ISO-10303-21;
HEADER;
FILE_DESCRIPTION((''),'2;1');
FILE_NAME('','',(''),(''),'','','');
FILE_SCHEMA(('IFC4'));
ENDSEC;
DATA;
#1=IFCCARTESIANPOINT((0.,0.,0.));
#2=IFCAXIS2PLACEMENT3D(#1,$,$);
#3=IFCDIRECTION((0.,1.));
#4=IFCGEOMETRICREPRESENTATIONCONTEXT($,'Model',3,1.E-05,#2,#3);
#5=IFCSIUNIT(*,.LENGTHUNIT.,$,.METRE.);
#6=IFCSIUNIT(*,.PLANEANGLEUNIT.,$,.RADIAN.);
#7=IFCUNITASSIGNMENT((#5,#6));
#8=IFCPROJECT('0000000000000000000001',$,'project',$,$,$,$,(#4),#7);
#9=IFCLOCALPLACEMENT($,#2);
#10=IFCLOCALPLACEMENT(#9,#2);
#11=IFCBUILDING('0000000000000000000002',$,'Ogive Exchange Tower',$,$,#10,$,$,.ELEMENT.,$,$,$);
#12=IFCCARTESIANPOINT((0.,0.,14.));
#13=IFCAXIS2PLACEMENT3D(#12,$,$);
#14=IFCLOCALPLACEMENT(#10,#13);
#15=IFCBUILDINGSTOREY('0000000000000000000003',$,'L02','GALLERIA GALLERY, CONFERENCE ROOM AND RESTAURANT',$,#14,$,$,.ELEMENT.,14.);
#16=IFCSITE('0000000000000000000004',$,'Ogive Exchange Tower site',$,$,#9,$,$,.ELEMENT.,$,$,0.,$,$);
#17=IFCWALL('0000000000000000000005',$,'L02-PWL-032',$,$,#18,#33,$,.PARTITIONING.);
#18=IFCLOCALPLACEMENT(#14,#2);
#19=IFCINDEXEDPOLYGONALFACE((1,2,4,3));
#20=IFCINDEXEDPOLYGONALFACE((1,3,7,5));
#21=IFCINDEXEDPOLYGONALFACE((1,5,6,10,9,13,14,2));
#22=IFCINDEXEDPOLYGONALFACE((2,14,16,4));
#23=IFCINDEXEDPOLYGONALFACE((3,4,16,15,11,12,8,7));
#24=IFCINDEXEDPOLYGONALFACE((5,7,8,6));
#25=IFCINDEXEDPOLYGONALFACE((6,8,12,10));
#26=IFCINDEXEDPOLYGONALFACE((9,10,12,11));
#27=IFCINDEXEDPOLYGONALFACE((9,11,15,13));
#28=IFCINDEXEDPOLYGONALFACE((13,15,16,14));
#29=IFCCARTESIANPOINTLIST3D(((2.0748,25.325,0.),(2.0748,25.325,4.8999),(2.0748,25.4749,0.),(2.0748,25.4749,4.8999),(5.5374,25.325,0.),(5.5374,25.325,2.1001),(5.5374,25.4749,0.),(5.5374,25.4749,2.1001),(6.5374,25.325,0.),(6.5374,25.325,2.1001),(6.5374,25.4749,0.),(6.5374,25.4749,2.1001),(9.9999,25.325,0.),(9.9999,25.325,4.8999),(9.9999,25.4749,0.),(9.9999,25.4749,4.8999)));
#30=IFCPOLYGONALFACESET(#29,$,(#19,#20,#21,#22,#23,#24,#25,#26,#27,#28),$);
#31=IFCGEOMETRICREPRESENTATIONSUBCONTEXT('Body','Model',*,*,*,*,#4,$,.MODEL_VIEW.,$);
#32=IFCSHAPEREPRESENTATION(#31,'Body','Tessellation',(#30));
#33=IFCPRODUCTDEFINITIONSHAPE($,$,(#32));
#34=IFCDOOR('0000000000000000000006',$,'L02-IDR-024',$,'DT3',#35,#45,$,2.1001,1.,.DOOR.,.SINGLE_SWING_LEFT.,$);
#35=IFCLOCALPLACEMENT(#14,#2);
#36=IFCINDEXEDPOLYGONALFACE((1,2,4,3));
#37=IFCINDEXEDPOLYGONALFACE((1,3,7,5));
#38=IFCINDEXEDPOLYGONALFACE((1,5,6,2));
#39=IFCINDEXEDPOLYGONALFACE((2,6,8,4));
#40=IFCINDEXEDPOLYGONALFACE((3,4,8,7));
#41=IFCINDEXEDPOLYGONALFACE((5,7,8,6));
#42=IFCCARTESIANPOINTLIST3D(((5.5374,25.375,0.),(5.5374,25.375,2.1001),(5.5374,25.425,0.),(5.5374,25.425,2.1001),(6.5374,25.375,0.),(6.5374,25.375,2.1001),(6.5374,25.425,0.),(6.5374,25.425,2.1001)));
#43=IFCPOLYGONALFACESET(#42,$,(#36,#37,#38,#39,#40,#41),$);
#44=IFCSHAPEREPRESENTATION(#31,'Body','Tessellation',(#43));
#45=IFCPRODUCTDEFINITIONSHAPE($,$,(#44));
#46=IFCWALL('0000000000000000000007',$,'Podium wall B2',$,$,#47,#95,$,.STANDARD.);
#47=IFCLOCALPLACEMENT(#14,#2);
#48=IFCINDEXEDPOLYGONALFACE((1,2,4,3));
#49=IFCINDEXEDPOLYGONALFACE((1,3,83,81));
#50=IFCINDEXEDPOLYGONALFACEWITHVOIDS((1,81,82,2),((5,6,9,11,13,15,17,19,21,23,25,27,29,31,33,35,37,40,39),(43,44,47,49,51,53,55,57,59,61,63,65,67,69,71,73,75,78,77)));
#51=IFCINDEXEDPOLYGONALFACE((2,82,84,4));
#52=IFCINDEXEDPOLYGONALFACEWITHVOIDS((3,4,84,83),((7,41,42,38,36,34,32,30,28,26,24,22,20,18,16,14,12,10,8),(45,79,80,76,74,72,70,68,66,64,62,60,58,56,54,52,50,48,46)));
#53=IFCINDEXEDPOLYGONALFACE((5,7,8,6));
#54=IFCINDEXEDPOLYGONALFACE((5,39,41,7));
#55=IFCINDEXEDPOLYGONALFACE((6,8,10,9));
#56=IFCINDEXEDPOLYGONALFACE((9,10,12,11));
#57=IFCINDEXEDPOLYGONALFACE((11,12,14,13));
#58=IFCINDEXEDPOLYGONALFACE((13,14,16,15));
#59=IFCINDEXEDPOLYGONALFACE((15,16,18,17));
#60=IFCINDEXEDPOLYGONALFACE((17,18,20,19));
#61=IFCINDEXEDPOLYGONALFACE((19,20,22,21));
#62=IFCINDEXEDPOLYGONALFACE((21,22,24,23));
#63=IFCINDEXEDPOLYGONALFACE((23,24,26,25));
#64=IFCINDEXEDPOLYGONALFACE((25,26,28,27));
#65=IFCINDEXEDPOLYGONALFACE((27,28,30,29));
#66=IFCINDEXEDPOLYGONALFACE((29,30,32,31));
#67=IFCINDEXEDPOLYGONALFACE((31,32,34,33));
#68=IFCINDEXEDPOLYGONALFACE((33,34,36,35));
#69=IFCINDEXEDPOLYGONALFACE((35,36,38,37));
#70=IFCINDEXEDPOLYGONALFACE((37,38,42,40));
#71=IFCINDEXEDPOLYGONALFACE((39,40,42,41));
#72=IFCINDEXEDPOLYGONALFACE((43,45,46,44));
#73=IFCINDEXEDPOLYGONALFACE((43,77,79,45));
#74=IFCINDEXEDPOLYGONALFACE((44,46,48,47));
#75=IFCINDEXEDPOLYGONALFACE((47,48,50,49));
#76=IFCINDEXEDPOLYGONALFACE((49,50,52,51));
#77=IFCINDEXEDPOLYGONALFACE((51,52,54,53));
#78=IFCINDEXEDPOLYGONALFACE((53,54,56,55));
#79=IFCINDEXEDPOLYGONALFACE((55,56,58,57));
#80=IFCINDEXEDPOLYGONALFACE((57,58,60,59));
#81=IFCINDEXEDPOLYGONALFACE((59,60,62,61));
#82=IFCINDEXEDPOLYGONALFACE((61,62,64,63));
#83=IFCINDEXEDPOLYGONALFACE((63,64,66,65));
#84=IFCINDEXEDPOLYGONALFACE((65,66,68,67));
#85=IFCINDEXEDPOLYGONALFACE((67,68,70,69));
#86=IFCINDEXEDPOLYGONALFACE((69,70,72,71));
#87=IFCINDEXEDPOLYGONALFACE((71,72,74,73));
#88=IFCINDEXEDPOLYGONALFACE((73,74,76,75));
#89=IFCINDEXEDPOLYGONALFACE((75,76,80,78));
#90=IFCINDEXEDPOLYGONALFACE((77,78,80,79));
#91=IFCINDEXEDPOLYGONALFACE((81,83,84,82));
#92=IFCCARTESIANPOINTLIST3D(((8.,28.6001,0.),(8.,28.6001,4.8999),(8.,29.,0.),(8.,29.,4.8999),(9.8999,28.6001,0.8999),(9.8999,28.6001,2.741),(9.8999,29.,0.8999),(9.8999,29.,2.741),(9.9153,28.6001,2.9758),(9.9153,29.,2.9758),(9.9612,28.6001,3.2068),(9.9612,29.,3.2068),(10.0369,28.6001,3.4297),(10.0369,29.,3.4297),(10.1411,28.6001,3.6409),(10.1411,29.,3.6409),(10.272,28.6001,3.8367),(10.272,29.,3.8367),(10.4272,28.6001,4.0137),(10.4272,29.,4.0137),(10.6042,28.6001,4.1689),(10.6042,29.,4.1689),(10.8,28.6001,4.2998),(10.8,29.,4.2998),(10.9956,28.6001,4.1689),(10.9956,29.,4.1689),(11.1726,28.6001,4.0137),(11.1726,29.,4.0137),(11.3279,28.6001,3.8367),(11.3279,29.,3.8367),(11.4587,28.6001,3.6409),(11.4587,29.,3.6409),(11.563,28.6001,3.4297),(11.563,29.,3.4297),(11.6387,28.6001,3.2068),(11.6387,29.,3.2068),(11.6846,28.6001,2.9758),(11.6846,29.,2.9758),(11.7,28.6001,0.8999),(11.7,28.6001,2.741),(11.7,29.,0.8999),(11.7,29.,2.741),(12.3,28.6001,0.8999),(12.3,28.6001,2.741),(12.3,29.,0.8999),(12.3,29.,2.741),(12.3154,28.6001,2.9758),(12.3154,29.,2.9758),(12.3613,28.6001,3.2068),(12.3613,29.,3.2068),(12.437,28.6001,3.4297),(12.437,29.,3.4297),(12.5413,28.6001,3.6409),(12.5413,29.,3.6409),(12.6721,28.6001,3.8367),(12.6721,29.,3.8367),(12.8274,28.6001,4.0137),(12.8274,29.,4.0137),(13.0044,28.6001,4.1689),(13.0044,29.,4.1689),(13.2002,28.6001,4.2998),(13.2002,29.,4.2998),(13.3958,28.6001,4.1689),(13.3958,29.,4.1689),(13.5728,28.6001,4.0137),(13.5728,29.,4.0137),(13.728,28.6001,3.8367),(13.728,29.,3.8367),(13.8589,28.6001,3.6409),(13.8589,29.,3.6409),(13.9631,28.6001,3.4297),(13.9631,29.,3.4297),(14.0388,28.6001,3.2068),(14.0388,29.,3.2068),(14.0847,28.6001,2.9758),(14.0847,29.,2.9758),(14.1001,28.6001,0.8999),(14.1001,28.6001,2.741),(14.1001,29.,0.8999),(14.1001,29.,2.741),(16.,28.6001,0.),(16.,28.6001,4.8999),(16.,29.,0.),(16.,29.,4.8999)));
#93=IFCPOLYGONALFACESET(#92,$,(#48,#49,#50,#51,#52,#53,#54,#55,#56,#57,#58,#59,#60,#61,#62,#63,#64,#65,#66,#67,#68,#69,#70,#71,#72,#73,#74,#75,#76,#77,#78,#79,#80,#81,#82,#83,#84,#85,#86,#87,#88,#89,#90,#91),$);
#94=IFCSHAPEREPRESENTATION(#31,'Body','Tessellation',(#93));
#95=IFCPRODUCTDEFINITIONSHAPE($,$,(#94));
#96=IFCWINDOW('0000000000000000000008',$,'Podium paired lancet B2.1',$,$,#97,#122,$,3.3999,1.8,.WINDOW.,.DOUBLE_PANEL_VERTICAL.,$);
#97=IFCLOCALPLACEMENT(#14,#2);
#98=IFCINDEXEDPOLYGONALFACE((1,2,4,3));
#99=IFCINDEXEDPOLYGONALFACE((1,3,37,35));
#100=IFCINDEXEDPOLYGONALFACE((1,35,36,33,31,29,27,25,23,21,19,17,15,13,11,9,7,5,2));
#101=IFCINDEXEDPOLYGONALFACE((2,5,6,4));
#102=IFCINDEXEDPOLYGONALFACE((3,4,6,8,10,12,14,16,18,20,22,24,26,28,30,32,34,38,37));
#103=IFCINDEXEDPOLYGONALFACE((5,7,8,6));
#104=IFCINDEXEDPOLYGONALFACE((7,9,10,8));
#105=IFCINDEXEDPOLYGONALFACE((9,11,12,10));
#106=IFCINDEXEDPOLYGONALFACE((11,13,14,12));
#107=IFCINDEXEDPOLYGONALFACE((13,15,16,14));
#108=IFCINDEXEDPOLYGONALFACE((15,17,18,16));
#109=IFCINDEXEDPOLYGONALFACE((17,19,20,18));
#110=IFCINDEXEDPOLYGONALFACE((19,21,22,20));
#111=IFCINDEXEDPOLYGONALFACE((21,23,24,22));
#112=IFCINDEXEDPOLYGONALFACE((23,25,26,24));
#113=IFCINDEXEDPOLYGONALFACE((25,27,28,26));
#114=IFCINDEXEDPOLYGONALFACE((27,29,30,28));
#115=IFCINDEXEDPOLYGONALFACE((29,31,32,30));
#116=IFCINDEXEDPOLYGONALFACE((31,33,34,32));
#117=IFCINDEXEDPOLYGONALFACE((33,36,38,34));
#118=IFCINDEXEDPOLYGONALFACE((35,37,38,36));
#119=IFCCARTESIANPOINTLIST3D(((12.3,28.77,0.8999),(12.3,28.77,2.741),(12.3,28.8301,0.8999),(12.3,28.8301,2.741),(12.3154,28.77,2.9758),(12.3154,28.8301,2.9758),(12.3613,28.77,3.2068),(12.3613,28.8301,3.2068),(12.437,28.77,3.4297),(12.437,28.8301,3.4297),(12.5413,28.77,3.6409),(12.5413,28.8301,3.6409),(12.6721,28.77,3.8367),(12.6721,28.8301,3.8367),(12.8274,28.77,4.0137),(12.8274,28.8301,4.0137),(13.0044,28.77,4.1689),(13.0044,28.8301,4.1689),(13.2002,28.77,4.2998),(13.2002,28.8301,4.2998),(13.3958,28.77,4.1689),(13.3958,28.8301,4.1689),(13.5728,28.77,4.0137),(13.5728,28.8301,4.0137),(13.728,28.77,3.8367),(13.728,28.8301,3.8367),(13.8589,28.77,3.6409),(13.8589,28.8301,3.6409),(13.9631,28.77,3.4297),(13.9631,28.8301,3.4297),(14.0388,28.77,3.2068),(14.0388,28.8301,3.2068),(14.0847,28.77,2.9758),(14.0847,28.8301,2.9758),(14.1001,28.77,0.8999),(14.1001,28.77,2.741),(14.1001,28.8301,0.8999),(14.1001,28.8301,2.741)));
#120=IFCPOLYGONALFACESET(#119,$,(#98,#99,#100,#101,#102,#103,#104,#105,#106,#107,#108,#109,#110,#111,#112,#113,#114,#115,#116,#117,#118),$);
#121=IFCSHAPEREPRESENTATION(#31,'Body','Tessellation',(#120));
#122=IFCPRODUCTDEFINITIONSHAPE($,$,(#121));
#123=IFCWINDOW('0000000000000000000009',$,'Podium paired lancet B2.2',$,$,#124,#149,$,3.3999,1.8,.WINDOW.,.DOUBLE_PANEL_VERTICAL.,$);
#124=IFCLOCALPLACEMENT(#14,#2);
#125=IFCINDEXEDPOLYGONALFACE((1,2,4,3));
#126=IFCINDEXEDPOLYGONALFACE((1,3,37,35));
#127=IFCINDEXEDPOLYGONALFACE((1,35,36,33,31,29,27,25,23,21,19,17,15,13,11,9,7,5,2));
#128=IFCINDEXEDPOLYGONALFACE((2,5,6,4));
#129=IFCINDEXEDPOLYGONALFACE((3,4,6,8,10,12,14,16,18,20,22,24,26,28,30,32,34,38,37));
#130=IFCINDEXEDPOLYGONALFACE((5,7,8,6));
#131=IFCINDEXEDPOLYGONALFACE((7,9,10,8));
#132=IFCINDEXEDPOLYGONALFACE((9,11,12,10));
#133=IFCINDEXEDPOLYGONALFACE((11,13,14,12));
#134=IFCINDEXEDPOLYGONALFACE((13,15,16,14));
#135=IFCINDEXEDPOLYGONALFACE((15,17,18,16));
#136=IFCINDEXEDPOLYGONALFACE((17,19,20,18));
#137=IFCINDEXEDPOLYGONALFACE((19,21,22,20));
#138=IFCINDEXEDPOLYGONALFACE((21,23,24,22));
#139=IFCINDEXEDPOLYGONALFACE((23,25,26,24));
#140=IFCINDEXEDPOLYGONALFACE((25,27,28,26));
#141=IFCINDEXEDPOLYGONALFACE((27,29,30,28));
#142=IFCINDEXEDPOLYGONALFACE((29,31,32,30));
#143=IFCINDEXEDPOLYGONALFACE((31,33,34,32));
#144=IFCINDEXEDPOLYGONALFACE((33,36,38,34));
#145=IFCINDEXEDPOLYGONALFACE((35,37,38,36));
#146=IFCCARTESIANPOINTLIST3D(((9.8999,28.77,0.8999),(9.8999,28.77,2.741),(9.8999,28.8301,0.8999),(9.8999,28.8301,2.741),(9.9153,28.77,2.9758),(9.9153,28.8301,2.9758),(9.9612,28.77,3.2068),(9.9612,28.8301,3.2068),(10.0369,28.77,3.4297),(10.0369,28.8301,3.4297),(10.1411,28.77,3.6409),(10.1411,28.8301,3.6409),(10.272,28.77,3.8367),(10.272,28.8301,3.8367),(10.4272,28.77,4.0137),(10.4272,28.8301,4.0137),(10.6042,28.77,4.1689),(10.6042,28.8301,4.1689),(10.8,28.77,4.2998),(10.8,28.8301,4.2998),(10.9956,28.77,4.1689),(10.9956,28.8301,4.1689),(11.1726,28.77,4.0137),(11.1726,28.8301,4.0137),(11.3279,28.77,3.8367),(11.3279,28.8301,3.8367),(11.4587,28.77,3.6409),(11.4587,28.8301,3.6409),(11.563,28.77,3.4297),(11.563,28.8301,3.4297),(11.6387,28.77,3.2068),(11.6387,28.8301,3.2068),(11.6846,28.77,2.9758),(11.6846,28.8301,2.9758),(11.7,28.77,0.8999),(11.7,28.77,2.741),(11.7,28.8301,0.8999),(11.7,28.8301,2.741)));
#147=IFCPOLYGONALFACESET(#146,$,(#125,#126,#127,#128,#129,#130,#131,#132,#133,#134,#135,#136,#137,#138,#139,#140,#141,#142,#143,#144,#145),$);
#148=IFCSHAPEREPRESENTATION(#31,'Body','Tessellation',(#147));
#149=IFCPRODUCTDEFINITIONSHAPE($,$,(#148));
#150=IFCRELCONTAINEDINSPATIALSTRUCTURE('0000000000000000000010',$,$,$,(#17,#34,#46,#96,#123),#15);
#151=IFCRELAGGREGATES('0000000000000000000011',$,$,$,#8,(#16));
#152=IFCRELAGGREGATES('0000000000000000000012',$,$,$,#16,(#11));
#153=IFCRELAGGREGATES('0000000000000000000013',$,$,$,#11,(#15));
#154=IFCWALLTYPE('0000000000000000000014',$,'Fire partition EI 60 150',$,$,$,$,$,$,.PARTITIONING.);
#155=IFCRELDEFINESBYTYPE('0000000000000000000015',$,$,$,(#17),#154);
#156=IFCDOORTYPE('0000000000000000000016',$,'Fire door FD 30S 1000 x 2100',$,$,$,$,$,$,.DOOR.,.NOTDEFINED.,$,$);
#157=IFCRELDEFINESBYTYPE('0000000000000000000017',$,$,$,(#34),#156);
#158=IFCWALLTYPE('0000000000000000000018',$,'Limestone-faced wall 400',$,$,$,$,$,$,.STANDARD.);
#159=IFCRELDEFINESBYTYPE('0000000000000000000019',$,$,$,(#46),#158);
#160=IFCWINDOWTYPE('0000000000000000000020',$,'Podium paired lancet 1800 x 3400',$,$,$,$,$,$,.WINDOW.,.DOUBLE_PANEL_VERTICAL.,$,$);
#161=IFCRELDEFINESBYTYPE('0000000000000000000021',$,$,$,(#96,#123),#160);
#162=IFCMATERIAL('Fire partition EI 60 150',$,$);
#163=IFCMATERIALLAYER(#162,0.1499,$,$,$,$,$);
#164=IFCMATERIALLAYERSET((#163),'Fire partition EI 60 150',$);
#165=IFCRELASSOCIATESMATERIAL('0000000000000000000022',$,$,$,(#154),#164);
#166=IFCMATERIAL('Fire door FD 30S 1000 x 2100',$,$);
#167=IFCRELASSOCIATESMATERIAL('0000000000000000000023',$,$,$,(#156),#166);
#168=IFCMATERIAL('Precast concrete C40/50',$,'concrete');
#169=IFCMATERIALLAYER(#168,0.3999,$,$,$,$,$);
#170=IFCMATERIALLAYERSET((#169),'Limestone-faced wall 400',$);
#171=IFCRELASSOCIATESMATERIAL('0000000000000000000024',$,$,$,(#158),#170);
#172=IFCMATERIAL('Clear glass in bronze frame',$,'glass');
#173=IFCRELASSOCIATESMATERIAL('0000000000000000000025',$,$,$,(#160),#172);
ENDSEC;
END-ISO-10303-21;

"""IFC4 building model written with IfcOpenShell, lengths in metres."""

from ifc_helpers import new_model, si_unit, direction, frame, frame_2d, origin, place, context, subcontext, project, spatial, polyline, rectangle, outline, extrude, material, layer, layer_set, type_object, element, fill, save


model = new_model("IFC4")

# Units and contexts
model_context = context("Model", 3, precision=1e-05, world=origin(), true_north=direction((0.0, 1.0)))
body_context = subcontext(model_context, "Body", "Model", "MODEL_VIEW")
ifc_project = project(units=[si_unit("LENGTHUNIT", "METRE"), si_unit("PLANEANGLEUNIT", "RADIAN")], contexts=[model_context])

# Site, building, storey
site_placement = place(None, origin())
site = spatial("IfcSite", under=ifc_project, at=site_placement, Name="Ogive Exchange Tower site", CompositionType="ELEMENT", RefElevation=0.0)
building_placement = place(site_placement, origin())
building = spatial("IfcBuilding", under=site, at=building_placement, Name="Ogive Exchange Tower", CompositionType="ELEMENT")
storey_placement = place(building_placement, frame((0.0, 0.0, 14.0)))
storey = spatial("IfcBuildingStorey", under=building, at=storey_placement, Name="L02", Description="GALLERIA GALLERY, CONFERENCE ROOM AND RESTAURANT", CompositionType="ELEMENT", Elevation=14.0)

# Wall, opening, door
ifc_material_1 = material(Name="Fire partition EI 60 150")
ifc_layer_1 = layer(ifc_material_1, 0.1499)
ifc_layer_set_1 = layer_set([ifc_layer_1], Name="Fire partition EI 60 150")
wall_type_1 = type_object("IfcWallType", Name="Fire partition EI 60 150", PredefinedType="PARTITIONING", material=ifc_layer_set_1)
wall_1_placement = place(storey_placement, frame((2.075, 25.3999, 0.0), z_axis=(0.0, 0.0, 1.0), x_axis=(1.0, 0.0, 0.0)))
wall_1 = element("IfcWall", 1, at=wall_1_placement, inside=storey, type_object=wall_type_1, Name="L02-PWL-032", PredefinedType="PARTITIONING", context=body_context, shape_type="SweptSolid", body=[
    extrude(rectangle(XDim=7.925, YDim=0.1499, at=frame_2d((3.9624, 0.0))), origin(), (0.0, 0.0, 1.0), 4.8999),
])
opening_1_placement = place(wall_1_placement, frame((3.4624, 0.0, 0.0)))
opening_1 = element("IfcOpeningElement", 2, at=opening_1_placement, cuts=wall_1, PredefinedType="OPENING", context=body_context, shape_type="SweptSolid", body=[
    extrude(rectangle(XDim=1.0, YDim=2.1001, at=frame_2d((0.5, 1.05))), frame((0.0, 0.085, 0.0), z_axis=(0.0, -1.0, 0.0), x_axis=(1.0, 0.0, 0.0)), (0.0, 0.0, 1.0), 0.1699),
])
ifc_material_2 = material(Name="Fire door FD 30S 1000 x 2100")
door_type = type_object("IfcDoorType", Name="Fire door FD 30S 1000 x 2100", OperationType="NOTDEFINED", PredefinedType="DOOR", material=ifc_material_2)
door_placement = place(opening_1_placement, frame((1.0, 0.0, 0.0), z_axis=(0.0, 0.0, 1.0), x_axis=(-1.0, 0.0, 0.0)))
door = element("IfcDoor", 3, at=door_placement, inside=storey, type_object=door_type, Name="L02-IDR-024", ObjectType="DT3", OperationType="SINGLE_SWING_LEFT", OverallHeight=2.1001, OverallWidth=1.0, PredefinedType="DOOR", context=body_context, shape_type="SweptSolid", body=[
    extrude(rectangle(XDim=1.0, YDim=2.1001, at=frame_2d((0.5, 1.05))), frame((0.0, 0.0249, 0.0), z_axis=(0.0, -1.0, 0.0), x_axis=(1.0, 0.0, 0.0)), (0.0, 0.0, 1.0), 0.05),
])
fill(opening_1, door)

# Wall, openings, windows
ifc_material_3 = material(Name="Precast concrete C40/50", Category="concrete")
ifc_layer_2 = layer(ifc_material_3, 0.3999)
ifc_layer_set_2 = layer_set([ifc_layer_2], Name="Limestone-faced wall 400")
wall_type_2 = type_object("IfcWallType", Name="Limestone-faced wall 400", PredefinedType="STANDARD", material=ifc_layer_set_2)
wall_2_placement = place(storey_placement, frame((16.0, 28.8, 0.0), z_axis=(0.0, 0.0, 1.0), x_axis=(-1.0, 0.0, 0.0)))
wall_2 = element("IfcWall", 4, at=wall_2_placement, inside=storey, type_object=wall_type_2, Name="Podium wall B2", PredefinedType="STANDARD", context=body_context, shape_type="SweptSolid", body=[
    extrude(rectangle(XDim=8.0, YDim=0.3999, at=frame_2d((4.0, 0.0))), origin(), (0.0, 0.0, 1.0), 4.8999),
])
opening_2_placement = place(wall_2_placement, frame((1.8999, 0.0, 0.8999)))
opening_2 = element("IfcOpeningElement", 5, at=opening_2_placement, cuts=wall_2, PredefinedType="OPENING", context=body_context, shape_type="SweptSolid", body=[
    extrude(outline(polyline([(0.0, 0.0), (1.8, 0.0), (1.8, 1.8411), (1.7847, 2.0759), (1.7388, 2.3069), (1.6631, 2.5298), (1.5588, 2.741), (1.428, 2.9368), (1.2727, 3.1138), (1.0957, 3.269), (0.8999, 3.3999), (0.7043, 3.269), (0.5273, 3.1138), (0.3721, 2.9368), (0.2412, 2.741), (0.137, 2.5298), (0.0613, 2.3069), (0.0154, 2.0759), (0.0, 1.8411), (0.0, 0.0)])), frame((0.0, 0.21, 0.0), z_axis=(0.0, -1.0, 0.0), x_axis=(1.0, 0.0, 0.0)), (0.0, 0.0, 1.0), 0.4199),
])
opening_3_placement = place(wall_2_placement, frame((4.3, 0.0, 0.8999)))
opening_3 = element("IfcOpeningElement", 6, at=opening_3_placement, cuts=wall_2, PredefinedType="OPENING", context=body_context, shape_type="SweptSolid", body=[
    extrude(outline(polyline([(0.0, 0.0), (1.8, 0.0), (1.8, 1.8411), (1.7847, 2.0759), (1.7388, 2.3069), (1.6631, 2.5298), (1.5588, 2.741), (1.428, 2.9368), (1.2727, 3.1138), (1.0957, 3.269), (0.8999, 3.3999), (0.7043, 3.269), (0.5273, 3.1138), (0.3721, 2.9368), (0.2412, 2.741), (0.137, 2.5298), (0.0613, 2.3069), (0.0154, 2.0759), (0.0, 1.8411), (0.0, 0.0)])), frame((0.0, 0.21, 0.0), z_axis=(0.0, -1.0, 0.0), x_axis=(1.0, 0.0, 0.0)), (0.0, 0.0, 1.0), 0.4199),
])
ifc_material_4 = material(Name="Clear glass in bronze frame", Category="glass")
window_type = type_object("IfcWindowType", Name="Podium paired lancet 1800 x 3400", PartitioningType="DOUBLE_PANEL_VERTICAL", PredefinedType="WINDOW", material=ifc_material_4)
window_1_placement = place(opening_2_placement, origin())
window_1 = element("IfcWindow", 7, at=window_1_placement, inside=storey, type_object=window_type, Name="Podium paired lancet B2.1", OverallHeight=3.3999, OverallWidth=1.8, PartitioningType="DOUBLE_PANEL_VERTICAL", PredefinedType="WINDOW", context=body_context, shape_type="SweptSolid", body=[
    extrude(outline(polyline([(0.0, 0.0), (1.8, 0.0), (1.8, 1.8411), (1.7847, 2.0759), (1.7388, 2.3069), (1.6631, 2.5298), (1.5588, 2.741), (1.428, 2.9368), (1.2727, 3.1138), (1.0957, 3.269), (0.8999, 3.3999), (0.7043, 3.269), (0.5273, 3.1138), (0.3721, 2.9368), (0.2412, 2.741), (0.137, 2.5298), (0.0613, 2.3069), (0.0154, 2.0759), (0.0, 1.8411), (0.0, 0.0)])), frame((0.0, 0.03, 0.0), z_axis=(0.0, -1.0, 0.0), x_axis=(1.0, 0.0, 0.0)), (0.0, 0.0, 1.0), 0.0601),
])
fill(opening_2, window_1)
window_2_placement = place(opening_3_placement, origin())
window_2 = element("IfcWindow", 8, at=window_2_placement, inside=storey, type_object=window_type, Name="Podium paired lancet B2.2", OverallHeight=3.3999, OverallWidth=1.8, PartitioningType="DOUBLE_PANEL_VERTICAL", PredefinedType="WINDOW", context=body_context, shape_type="SweptSolid", body=[
    extrude(outline(polyline([(0.0, 0.0), (1.8, 0.0), (1.8, 1.8411), (1.7847, 2.0759), (1.7388, 2.3069), (1.6631, 2.5298), (1.5588, 2.741), (1.428, 2.9368), (1.2727, 3.1138), (1.0957, 3.269), (0.8999, 3.3999), (0.7043, 3.269), (0.5273, 3.1138), (0.3721, 2.9368), (0.2412, 2.741), (0.137, 2.5298), (0.0613, 2.3069), (0.0154, 2.0759), (0.0, 1.8411), (0.0, 0.0)])), frame((0.0, 0.03, 0.0), z_axis=(0.0, -1.0, 0.0), x_axis=(1.0, 0.0, 0.0)), (0.0, 0.0, 1.0), 0.0601),
])
fill(opening_3, window_2)

save(model, "model.ifc")
